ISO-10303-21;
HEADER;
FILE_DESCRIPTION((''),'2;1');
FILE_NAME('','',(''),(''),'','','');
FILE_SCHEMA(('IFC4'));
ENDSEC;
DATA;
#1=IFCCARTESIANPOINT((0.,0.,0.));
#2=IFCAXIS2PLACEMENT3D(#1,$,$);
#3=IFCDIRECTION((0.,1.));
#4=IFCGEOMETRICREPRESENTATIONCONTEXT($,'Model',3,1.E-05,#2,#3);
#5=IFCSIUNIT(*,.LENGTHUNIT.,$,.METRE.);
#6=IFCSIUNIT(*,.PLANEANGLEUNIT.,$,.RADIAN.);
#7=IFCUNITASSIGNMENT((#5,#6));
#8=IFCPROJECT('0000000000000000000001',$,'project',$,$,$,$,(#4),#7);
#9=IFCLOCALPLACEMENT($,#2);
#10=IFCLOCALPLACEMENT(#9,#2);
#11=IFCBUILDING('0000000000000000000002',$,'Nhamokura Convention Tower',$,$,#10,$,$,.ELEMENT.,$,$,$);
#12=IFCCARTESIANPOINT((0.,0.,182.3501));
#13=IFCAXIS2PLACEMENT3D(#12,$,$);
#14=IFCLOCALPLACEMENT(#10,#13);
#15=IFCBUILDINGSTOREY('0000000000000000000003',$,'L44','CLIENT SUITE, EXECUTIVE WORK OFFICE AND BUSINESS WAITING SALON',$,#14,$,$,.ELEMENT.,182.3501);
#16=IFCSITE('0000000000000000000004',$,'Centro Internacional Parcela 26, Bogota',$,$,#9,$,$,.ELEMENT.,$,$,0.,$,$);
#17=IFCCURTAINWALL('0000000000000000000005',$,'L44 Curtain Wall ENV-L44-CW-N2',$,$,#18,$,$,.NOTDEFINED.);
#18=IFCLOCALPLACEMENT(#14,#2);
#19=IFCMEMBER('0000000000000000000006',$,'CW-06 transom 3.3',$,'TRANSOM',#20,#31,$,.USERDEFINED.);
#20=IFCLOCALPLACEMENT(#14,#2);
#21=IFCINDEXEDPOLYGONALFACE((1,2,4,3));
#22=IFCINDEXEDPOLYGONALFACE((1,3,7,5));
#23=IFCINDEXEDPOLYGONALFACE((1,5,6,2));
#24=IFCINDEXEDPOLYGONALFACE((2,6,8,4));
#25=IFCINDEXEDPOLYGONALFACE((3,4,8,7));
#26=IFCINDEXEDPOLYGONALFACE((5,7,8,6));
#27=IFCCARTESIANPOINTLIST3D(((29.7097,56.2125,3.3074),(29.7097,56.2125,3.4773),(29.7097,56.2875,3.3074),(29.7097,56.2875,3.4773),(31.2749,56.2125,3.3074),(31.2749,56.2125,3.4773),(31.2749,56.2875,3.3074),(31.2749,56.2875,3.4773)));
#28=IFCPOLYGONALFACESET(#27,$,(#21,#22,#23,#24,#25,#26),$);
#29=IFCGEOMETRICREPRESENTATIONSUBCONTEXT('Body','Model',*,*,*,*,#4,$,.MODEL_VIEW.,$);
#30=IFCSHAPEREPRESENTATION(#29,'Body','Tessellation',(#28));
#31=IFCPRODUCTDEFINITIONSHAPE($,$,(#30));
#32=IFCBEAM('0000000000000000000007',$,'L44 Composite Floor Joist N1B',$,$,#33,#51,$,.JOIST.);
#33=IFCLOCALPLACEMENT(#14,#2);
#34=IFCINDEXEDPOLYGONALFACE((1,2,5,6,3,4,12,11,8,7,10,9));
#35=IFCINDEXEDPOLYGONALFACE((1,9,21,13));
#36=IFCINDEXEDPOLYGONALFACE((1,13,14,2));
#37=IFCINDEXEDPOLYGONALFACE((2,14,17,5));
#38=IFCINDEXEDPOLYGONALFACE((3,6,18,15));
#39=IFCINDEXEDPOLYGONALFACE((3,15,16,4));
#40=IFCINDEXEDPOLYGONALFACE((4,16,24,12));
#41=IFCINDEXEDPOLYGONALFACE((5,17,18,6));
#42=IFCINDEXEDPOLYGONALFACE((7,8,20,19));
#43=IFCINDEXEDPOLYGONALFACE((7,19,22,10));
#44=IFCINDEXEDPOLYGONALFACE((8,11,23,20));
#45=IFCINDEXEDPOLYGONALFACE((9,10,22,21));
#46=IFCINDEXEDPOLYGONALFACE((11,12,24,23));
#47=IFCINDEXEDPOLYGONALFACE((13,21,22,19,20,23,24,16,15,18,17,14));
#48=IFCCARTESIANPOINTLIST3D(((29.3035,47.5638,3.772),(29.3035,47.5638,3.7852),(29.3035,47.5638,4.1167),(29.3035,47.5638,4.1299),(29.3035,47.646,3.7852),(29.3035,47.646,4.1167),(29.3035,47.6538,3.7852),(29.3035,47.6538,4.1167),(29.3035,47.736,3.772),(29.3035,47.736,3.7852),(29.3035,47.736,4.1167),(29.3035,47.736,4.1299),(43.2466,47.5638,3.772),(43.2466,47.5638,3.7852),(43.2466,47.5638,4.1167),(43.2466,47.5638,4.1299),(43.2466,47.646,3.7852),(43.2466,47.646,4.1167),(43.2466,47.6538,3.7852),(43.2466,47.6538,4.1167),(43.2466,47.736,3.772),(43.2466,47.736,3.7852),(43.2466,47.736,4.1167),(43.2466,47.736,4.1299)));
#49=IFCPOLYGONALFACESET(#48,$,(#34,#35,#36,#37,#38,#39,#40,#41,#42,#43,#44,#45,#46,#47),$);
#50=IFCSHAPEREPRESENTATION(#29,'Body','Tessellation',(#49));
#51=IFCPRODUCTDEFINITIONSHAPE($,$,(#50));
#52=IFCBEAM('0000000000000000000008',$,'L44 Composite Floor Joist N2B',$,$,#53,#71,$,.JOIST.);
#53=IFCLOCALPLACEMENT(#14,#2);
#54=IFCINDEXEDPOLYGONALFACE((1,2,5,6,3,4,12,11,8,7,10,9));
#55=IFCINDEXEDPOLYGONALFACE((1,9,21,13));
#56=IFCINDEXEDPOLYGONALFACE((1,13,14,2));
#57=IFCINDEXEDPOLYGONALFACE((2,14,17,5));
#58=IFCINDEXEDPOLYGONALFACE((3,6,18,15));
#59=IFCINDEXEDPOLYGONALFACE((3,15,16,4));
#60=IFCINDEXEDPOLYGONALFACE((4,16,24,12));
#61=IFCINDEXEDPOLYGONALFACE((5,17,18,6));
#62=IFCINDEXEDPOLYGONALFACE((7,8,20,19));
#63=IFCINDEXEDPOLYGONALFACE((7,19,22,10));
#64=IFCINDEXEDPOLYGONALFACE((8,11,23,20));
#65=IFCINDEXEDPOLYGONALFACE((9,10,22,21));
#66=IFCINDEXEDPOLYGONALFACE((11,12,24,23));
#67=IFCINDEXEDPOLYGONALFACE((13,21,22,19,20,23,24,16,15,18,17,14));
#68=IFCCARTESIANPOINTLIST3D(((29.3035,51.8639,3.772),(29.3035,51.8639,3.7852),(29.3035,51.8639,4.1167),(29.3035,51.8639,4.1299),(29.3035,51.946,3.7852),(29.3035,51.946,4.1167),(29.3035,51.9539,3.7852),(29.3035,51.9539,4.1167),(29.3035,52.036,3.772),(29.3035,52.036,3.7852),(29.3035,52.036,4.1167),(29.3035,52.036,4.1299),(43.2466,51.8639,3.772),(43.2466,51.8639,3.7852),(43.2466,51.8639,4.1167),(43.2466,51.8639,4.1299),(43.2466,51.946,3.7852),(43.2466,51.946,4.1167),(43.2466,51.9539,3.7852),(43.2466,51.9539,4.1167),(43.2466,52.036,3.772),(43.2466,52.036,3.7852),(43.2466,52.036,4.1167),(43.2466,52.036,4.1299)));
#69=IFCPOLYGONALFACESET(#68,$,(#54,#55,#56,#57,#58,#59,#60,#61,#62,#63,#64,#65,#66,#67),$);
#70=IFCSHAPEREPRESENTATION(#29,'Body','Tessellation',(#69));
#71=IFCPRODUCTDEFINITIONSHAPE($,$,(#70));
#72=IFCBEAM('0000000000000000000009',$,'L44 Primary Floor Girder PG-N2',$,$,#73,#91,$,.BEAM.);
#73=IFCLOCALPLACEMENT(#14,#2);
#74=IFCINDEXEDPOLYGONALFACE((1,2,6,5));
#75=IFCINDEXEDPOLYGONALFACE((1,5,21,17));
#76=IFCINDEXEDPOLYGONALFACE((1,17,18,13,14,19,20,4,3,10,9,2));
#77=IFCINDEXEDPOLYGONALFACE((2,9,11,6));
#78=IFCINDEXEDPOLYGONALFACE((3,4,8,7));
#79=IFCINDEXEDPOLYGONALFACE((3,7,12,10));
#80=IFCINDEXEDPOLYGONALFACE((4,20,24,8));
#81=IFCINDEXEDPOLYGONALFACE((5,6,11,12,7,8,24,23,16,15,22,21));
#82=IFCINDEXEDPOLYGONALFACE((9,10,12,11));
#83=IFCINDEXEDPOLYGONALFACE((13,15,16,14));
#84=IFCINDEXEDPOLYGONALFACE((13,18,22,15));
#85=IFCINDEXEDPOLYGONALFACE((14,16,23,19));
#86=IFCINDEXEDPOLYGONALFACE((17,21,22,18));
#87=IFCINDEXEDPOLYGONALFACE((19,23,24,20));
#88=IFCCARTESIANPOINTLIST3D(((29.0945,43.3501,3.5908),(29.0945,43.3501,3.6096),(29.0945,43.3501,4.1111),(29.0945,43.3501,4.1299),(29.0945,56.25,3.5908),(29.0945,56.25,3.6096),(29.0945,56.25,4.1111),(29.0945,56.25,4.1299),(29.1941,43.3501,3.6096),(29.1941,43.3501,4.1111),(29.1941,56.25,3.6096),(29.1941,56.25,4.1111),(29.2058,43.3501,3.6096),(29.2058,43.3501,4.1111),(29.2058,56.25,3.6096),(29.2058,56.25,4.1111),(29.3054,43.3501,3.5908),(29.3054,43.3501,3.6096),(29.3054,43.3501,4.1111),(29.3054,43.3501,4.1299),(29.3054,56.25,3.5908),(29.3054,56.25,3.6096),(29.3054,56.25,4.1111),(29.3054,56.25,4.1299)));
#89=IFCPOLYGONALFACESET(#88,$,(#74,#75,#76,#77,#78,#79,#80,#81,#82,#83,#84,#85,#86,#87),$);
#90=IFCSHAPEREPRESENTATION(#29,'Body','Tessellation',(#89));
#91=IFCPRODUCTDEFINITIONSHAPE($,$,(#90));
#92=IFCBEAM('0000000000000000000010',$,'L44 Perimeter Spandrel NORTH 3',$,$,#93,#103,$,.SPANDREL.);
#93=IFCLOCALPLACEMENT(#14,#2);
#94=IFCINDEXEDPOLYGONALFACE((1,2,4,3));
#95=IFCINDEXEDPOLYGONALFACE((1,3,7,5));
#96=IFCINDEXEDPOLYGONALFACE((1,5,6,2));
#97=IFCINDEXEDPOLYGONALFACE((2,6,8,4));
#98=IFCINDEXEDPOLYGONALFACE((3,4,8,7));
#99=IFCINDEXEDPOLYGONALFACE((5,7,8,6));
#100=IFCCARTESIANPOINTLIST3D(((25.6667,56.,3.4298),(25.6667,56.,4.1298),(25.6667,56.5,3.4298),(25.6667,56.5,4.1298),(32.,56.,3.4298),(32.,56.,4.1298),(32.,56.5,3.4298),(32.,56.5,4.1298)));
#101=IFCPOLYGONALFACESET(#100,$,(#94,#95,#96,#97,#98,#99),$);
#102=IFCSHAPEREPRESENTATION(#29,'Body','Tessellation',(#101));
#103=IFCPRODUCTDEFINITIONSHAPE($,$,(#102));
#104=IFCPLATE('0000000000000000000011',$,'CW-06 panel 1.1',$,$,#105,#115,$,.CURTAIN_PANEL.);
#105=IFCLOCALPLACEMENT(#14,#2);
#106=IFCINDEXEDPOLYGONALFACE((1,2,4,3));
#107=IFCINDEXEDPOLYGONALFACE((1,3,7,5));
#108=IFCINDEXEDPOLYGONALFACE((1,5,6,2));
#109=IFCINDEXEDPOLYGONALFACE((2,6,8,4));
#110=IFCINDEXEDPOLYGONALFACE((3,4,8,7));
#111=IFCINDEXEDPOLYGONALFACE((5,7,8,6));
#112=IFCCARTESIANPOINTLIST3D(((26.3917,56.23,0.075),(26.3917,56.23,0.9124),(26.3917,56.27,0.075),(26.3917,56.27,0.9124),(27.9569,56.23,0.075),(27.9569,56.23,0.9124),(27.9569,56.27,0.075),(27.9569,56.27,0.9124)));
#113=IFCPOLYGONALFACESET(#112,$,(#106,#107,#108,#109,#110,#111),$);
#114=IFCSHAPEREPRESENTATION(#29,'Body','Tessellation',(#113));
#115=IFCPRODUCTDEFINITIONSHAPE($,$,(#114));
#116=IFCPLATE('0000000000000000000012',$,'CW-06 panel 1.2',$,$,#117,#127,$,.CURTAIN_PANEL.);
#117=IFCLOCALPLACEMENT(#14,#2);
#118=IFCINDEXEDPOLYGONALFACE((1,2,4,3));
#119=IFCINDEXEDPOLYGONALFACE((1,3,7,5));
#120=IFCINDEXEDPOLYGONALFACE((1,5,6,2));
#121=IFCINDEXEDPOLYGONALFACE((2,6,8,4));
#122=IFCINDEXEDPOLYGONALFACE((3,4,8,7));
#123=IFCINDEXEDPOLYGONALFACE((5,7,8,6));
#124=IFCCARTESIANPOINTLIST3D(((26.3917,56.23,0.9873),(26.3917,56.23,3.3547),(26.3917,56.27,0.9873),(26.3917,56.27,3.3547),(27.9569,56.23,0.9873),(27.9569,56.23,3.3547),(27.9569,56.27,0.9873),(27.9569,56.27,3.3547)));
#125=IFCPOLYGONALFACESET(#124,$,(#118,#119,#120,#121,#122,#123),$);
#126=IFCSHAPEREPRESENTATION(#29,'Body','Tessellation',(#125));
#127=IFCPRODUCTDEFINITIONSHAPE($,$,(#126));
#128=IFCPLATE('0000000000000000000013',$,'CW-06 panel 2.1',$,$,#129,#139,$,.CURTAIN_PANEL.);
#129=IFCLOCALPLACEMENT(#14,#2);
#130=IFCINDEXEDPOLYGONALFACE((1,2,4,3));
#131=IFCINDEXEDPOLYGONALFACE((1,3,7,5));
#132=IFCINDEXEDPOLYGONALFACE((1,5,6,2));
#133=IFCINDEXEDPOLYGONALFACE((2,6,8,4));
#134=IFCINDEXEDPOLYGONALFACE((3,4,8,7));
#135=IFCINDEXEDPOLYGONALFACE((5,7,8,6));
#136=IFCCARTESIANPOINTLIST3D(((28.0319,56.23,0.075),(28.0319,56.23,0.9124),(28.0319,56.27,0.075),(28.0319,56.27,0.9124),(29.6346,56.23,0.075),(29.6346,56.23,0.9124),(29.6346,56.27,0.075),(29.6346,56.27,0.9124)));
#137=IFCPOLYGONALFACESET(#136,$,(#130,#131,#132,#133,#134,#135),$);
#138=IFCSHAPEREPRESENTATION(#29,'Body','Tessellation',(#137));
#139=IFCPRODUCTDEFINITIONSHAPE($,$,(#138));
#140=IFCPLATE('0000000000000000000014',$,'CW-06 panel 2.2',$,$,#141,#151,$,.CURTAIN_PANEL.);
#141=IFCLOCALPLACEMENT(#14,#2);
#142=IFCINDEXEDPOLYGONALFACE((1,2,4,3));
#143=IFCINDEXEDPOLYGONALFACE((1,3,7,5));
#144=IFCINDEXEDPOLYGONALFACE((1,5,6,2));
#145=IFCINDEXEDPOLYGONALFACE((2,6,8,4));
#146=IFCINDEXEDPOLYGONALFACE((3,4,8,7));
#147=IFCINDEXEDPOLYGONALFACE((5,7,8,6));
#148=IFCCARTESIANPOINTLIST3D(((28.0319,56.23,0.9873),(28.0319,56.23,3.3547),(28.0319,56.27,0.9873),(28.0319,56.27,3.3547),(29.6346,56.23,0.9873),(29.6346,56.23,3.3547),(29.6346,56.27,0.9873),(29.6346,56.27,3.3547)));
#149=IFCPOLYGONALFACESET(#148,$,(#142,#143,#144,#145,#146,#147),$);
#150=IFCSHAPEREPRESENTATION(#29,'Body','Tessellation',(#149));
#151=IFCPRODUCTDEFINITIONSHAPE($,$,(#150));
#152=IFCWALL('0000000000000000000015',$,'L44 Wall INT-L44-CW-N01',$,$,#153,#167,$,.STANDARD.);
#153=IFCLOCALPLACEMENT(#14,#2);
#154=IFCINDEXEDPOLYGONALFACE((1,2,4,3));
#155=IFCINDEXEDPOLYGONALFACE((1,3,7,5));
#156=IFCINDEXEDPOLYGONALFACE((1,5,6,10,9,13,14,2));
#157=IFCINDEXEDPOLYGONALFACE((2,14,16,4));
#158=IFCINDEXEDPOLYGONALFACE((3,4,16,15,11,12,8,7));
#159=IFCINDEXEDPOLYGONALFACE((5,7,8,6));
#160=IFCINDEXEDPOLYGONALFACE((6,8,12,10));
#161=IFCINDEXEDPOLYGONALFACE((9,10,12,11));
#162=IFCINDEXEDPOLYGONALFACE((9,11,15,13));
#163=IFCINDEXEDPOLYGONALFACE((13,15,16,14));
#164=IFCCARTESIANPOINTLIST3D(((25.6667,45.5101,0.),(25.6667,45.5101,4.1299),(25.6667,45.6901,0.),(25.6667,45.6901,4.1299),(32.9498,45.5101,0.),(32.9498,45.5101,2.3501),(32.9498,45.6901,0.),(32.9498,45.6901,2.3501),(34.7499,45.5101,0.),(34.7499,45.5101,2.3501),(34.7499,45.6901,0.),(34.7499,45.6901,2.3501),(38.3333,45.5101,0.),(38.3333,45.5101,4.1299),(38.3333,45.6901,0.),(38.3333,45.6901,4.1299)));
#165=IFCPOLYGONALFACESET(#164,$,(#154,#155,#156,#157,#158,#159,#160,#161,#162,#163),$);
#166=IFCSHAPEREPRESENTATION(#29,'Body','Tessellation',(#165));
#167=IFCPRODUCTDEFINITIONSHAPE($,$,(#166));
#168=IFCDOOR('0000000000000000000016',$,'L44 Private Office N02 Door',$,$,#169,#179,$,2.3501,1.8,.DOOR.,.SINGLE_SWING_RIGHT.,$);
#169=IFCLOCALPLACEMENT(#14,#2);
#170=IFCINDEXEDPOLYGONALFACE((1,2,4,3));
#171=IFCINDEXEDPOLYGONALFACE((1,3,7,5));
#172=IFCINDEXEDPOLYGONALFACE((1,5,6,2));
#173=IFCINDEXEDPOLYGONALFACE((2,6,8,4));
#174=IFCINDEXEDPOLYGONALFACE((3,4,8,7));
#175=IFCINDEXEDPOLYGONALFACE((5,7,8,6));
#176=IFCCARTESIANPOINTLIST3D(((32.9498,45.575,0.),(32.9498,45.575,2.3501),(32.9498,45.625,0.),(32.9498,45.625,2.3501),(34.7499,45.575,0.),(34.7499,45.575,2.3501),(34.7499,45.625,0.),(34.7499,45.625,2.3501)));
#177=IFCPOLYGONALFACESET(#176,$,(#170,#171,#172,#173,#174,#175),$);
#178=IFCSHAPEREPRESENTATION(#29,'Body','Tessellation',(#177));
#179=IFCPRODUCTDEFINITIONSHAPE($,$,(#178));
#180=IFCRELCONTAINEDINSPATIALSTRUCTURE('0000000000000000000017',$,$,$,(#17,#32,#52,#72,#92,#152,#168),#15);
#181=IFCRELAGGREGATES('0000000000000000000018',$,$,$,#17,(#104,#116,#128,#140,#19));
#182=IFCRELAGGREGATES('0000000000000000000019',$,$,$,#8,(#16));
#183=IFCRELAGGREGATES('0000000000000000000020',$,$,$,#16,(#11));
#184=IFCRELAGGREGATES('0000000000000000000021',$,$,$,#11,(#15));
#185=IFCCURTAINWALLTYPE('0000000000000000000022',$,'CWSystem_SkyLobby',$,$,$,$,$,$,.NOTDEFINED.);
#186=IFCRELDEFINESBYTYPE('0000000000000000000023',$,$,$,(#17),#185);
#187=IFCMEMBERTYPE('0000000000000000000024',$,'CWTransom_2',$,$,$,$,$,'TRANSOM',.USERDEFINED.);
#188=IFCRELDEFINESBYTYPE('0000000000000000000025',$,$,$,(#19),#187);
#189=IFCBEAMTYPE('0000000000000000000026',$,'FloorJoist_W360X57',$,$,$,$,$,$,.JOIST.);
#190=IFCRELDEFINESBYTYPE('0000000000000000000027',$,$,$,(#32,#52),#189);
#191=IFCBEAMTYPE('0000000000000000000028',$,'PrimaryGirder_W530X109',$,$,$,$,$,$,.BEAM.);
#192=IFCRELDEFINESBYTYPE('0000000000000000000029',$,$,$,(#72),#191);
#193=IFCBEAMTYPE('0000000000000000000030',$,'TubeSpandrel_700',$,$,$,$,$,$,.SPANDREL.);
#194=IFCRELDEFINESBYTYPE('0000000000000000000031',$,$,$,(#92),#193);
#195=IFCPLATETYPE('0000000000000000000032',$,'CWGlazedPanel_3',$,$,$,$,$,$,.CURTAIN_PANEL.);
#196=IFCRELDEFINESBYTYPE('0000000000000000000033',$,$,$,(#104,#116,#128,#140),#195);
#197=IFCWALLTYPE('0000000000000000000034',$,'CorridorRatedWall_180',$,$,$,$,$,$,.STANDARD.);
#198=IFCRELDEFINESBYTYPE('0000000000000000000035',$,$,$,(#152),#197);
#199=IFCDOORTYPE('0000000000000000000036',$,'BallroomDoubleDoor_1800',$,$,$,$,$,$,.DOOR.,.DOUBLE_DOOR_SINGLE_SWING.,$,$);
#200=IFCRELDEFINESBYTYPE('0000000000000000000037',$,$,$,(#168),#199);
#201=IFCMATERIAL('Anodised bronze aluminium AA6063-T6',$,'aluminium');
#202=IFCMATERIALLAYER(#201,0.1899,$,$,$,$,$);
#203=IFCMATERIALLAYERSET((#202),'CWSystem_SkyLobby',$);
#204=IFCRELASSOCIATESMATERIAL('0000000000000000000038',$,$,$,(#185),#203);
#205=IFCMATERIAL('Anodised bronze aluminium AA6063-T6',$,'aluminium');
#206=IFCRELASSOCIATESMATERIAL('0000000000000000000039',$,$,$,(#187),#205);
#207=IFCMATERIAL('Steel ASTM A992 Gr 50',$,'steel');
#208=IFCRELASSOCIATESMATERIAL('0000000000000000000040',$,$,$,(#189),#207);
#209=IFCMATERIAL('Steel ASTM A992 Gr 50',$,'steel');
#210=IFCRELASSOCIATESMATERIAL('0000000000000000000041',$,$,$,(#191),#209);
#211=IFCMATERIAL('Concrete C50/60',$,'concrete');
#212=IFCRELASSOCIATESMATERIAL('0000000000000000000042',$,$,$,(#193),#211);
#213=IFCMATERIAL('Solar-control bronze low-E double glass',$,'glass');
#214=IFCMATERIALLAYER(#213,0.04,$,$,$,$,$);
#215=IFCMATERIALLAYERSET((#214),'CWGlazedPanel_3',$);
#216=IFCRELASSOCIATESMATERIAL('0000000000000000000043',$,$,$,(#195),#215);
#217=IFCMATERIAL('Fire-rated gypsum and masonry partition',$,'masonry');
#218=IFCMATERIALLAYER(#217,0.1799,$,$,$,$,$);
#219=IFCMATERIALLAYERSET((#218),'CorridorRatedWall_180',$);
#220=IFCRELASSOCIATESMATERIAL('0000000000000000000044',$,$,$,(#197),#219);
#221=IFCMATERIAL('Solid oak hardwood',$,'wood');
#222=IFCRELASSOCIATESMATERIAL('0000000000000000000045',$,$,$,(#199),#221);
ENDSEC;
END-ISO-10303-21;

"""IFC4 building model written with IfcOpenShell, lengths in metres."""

from ifc_helpers import new_model, si_unit, direction, frame, frame_2d, origin, origin_2d, place, context, subcontext, project, spatial, rectangle, i_section, extrude, material, layer, layer_set, material_profile, profile_set, type_object, element, fill, aggregate, save


model = new_model("IFC4")

# Units and contexts
model_context = context("Model", 3, precision=1e-05, world=origin(), true_north=direction((0.0, 1.0)))
body_context = subcontext(model_context, "Body", "Model", "MODEL_VIEW")
ifc_project = project(units=[si_unit("LENGTHUNIT", "METRE"), si_unit("PLANEANGLEUNIT", "RADIAN")], contexts=[model_context])

# Site, building, storey
site_placement = place(None, origin())
site = spatial("IfcSite", under=ifc_project, at=site_placement, Name="Centro Internacional Parcela 26, Bogota", CompositionType="ELEMENT", RefElevation=0.0)
building_placement = place(site_placement, origin())
building = spatial("IfcBuilding", under=site, at=building_placement, Name="Nhamokura Convention Tower", CompositionType="ELEMENT")
storey_placement = place(building_placement, frame((0.0, 0.0, 182.3501)))
storey = spatial("IfcBuildingStorey", under=building, at=storey_placement, Name="L44", Description="CLIENT SUITE, EXECUTIVE WORK OFFICE AND BUSINESS WAITING SALON", CompositionType="ELEMENT", Elevation=182.3501)

# Curtain wall, member
ifc_material_1 = material(Name="Anodised bronze aluminium AA6063-T6", Category="aluminium")
ifc_layer_1 = layer(ifc_material_1, 0.1899)
ifc_layer_set_1 = layer_set([ifc_layer_1], Name="CWSystem_SkyLobby")
curtain_wall_type = type_object("IfcCurtainWallType", Name="CWSystem_SkyLobby", PredefinedType="NOTDEFINED", material=ifc_layer_set_1)
curtain_wall_placement = place(storey_placement, origin())
curtain_wall = element("IfcCurtainWall", 1, at=curtain_wall_placement, inside=storey, type_object=curtain_wall_type, Name="L44 Curtain Wall ENV-L44-CW-N2", PredefinedType="NOTDEFINED")
ifc_material_2 = material(Name="Anodised bronze aluminium AA6063-T6", Category="aluminium")
ifc_material_profile_1 = material_profile(ifc_material_2, rectangle(XDim=0.075, YDim=0.1699, at=origin_2d()))
ifc_profile_set_1 = profile_set([ifc_material_profile_1], Name="Anodised bronze aluminium AA6063-T6")
member_type_1 = type_object("IfcMemberType", Name="CWTransom_2", ElementType="TRANSOM", PredefinedType="USERDEFINED", material=ifc_profile_set_1)
member_1_placement = place(storey_placement, frame((29.7097, 56.25, 3.3923), z_axis=(1.0, 0.0, 0.0), x_axis=(0.0, 1.0, 0.0)))
member_1 = element("IfcMember", 2, at=member_1_placement, type_object=member_type_1, Name="CW-06 transom 3.3", ObjectType="TRANSOM", PredefinedType="USERDEFINED", context=body_context, shape_type="SweptSolid", body=[
    extrude(rectangle(XDim=0.075, YDim=0.1699, at=origin_2d()), origin(), (0.0, 0.0, 1.0), 1.5652),
])

# Beams
ifc_material_3 = material(Name="Steel ASTM A992 Gr 50", Category="steel")
ifc_material_profile_2 = material_profile(ifc_material_3, i_section(OverallWidth=0.1721, OverallDepth=0.3579, WebThickness=0.0078, FlangeThickness=0.0132, at=origin_2d()))
ifc_profile_set_2 = profile_set([ifc_material_profile_2], Name="Steel ASTM A992 Gr 50")
beam_type_1 = type_object("IfcBeamType", Name="FloorJoist_W360X57", PredefinedType="JOIST", material=ifc_profile_set_2)
for number, where, z_axis, x_axis, name in (
    (3, (29.3035, 47.6499, 3.9509), (1.0, 0.0, 0.0), (0.0, 1.0, 0.0), "L44 Composite Floor Joist N1B"),
    (4, (29.3035, 51.95, 3.9509), (1.0, 0.0, 0.0), (0.0, 1.0, 0.0), "L44 Composite Floor Joist N2B"),
):
    element("IfcBeam", number, at=place(storey_placement, frame(where, z_axis=z_axis, x_axis=x_axis)), inside=storey, type_object=beam_type_1, Name=name, PredefinedType="JOIST", context=body_context, shape_type="SweptSolid", body=[
        extrude(i_section(OverallWidth=0.1721, OverallDepth=0.3579, WebThickness=0.0078, FlangeThickness=0.0132, at=origin_2d()), origin(), (0.0, 0.0, 1.0), 13.9431),
    ])
ifc_material_4 = material(Name="Steel ASTM A992 Gr 50", Category="steel")
ifc_material_profile_3 = material_profile(ifc_material_4, i_section(OverallWidth=0.2109, OverallDepth=0.5391, WebThickness=0.0117, FlangeThickness=0.0188, at=origin_2d()))
ifc_profile_set_3 = profile_set([ifc_material_profile_3], Name="Steel ASTM A992 Gr 50")
beam_type_2 = type_object("IfcBeamType", Name="PrimaryGirder_W530X109", PredefinedType="BEAM", material=ifc_profile_set_3)
beam_1_placement = place(storey_placement, frame((29.2, 43.3501, 3.8604), z_axis=(0.0, 1.0, 0.0), x_axis=(-1.0, 0.0, 0.0)))
element("IfcBeam", 5, at=beam_1_placement, inside=storey, type_object=beam_type_2, Name="L44 Primary Floor Girder PG-N2", PredefinedType="BEAM", context=body_context, shape_type="SweptSolid", body=[
    extrude(i_section(OverallWidth=0.2109, OverallDepth=0.5391, WebThickness=0.0117, FlangeThickness=0.0188, at=origin_2d()), origin(), (0.0, 0.0, 1.0), 12.8999),
])
ifc_material_5 = material(Name="Concrete C50/60", Category="concrete")
ifc_material_profile_4 = material_profile(ifc_material_5, rectangle(XDim=0.5, YDim=0.7, at=origin_2d()))
ifc_profile_set_4 = profile_set([ifc_material_profile_4], Name="Concrete C50/60")
beam_type_3 = type_object("IfcBeamType", Name="TubeSpandrel_700", PredefinedType="SPANDREL", material=ifc_profile_set_4)
beam_2_placement = place(storey_placement, frame((25.6667, 56.25, 3.7798), z_axis=(1.0, 0.0, 0.0), x_axis=(0.0, 1.0, 0.0)))
element("IfcBeam", 6, at=beam_2_placement, inside=storey, type_object=beam_type_3, Name="L44 Perimeter Spandrel NORTH 3", PredefinedType="SPANDREL", context=body_context, shape_type="SweptSolid", body=[
    extrude(rectangle(XDim=0.5, YDim=0.7, at=origin_2d()), origin(), (0.0, 0.0, 1.0), 6.3333),
])

# Plates
ifc_material_6 = material(Name="Solar-control bronze low-E double glass", Category="glass")
ifc_layer_2 = layer(ifc_material_6, 0.04)
ifc_layer_set_2 = layer_set([ifc_layer_2], Name="CWGlazedPanel_3")
plate_type = type_object("IfcPlateType", Name="CWGlazedPanel_3", PredefinedType="CURTAIN_PANEL", material=ifc_layer_set_2)
plate_1_placement = place(storey_placement, frame((27.1743, 56.25, 0.075), z_axis=(0.0, 0.0, 1.0), x_axis=(1.0, 0.0, 0.0)))
plate_1 = element("IfcPlate", 7, at=plate_1_placement, type_object=plate_type, Name="CW-06 panel 1.1", PredefinedType="CURTAIN_PANEL", context=body_context, shape_type="SweptSolid", body=[
    extrude(rectangle(XDim=1.5652, YDim=0.04, at=origin_2d()), origin(), (0.0, 0.0, 1.0), 0.8374),
])
plate_2_placement = place(storey_placement, frame((27.1743, 56.25, 0.9873), z_axis=(0.0, 0.0, 1.0), x_axis=(1.0, 0.0, 0.0)))
plate_2 = element("IfcPlate", 8, at=plate_2_placement, type_object=plate_type, Name="CW-06 panel 1.2", PredefinedType="CURTAIN_PANEL", context=body_context, shape_type="SweptSolid", body=[
    extrude(rectangle(XDim=1.5652, YDim=0.04, at=origin_2d()), origin(), (0.0, 0.0, 1.0), 2.3674),
])
plate_3_placement = place(storey_placement, frame((28.8333, 56.25, 0.075), z_axis=(0.0, 0.0, 1.0), x_axis=(1.0, 0.0, 0.0)))
plate_3 = element("IfcPlate", 9, at=plate_3_placement, type_object=plate_type, Name="CW-06 panel 2.1", PredefinedType="CURTAIN_PANEL", context=body_context, shape_type="SweptSolid", body=[
    extrude(rectangle(XDim=1.6028, YDim=0.04, at=origin_2d()), origin(), (0.0, 0.0, 1.0), 0.8374),
])
plate_4_placement = place(storey_placement, frame((28.8333, 56.25, 0.9873), z_axis=(0.0, 0.0, 1.0), x_axis=(1.0, 0.0, 0.0)))
plate_4 = element("IfcPlate", 10, at=plate_4_placement, type_object=plate_type, Name="CW-06 panel 2.2", PredefinedType="CURTAIN_PANEL", context=body_context, shape_type="SweptSolid", body=[
    extrude(rectangle(XDim=1.6028, YDim=0.04, at=origin_2d()), origin(), (0.0, 0.0, 1.0), 2.3674),
])
aggregate(curtain_wall, [plate_1, plate_2, plate_3, plate_4, member_1])

# Wall, opening, door
ifc_material_7 = material(Name="Fire-rated gypsum and masonry partition", Category="masonry")
ifc_layer_3 = layer(ifc_material_7, 0.1799)
ifc_layer_set_3 = layer_set([ifc_layer_3], Name="CorridorRatedWall_180")
wall_type_1 = type_object("IfcWallType", Name="CorridorRatedWall_180", PredefinedType="STANDARD", material=ifc_layer_set_3)
wall_1_placement = place(storey_placement, frame((25.6667, 45.6001, 0.0), z_axis=(0.0, 0.0, 1.0), x_axis=(1.0, 0.0, 0.0)))
wall_1 = element("IfcWall", 11, at=wall_1_placement, inside=storey, type_object=wall_type_1, Name="L44 Wall INT-L44-CW-N01", PredefinedType="STANDARD", context=body_context, shape_type="SweptSolid", body=[
    extrude(rectangle(XDim=12.6665, YDim=0.1799, at=frame_2d((6.3333, 0.0))), origin(), (0.0, 0.0, 1.0), 4.1299),
])
opening_placement = place(wall_1_placement, frame((7.2832, 0.0, 0.0)))
opening = element("IfcOpeningElement", 12, at=opening_placement, cuts=wall_1, PredefinedType="OPENING", context=body_context, shape_type="SweptSolid", body=[
    extrude(rectangle(XDim=1.8, YDim=2.3501, at=frame_2d((0.8999, 1.175))), frame((0.0, 0.0999, 0.0), z_axis=(0.0, -1.0, 0.0), x_axis=(1.0, 0.0, 0.0)), (0.0, 0.0, 1.0), 0.2),
])
ifc_material_8 = material(Name="Solid oak hardwood", Category="wood")
door_type = type_object("IfcDoorType", Name="BallroomDoubleDoor_1800", OperationType="DOUBLE_DOOR_SINGLE_SWING", PredefinedType="DOOR", material=ifc_material_8)
door_placement = place(opening_placement, origin())
door = element("IfcDoor", 13, at=door_placement, inside=storey, type_object=door_type, Name="L44 Private Office N02 Door", OperationType="SINGLE_SWING_RIGHT", OverallHeight=2.3501, OverallWidth=1.8, PredefinedType="DOOR", context=body_context, shape_type="SweptSolid", body=[
    extrude(rectangle(XDim=1.8, YDim=2.3501, at=frame_2d((0.8999, 1.175))), frame((0.0, 0.0249, 0.0), z_axis=(0.0, -1.0, 0.0), x_axis=(1.0, 0.0, 0.0)), (0.0, 0.0, 1.0), 0.05),
])
fill(opening, door)

save(model, "model.ifc")
